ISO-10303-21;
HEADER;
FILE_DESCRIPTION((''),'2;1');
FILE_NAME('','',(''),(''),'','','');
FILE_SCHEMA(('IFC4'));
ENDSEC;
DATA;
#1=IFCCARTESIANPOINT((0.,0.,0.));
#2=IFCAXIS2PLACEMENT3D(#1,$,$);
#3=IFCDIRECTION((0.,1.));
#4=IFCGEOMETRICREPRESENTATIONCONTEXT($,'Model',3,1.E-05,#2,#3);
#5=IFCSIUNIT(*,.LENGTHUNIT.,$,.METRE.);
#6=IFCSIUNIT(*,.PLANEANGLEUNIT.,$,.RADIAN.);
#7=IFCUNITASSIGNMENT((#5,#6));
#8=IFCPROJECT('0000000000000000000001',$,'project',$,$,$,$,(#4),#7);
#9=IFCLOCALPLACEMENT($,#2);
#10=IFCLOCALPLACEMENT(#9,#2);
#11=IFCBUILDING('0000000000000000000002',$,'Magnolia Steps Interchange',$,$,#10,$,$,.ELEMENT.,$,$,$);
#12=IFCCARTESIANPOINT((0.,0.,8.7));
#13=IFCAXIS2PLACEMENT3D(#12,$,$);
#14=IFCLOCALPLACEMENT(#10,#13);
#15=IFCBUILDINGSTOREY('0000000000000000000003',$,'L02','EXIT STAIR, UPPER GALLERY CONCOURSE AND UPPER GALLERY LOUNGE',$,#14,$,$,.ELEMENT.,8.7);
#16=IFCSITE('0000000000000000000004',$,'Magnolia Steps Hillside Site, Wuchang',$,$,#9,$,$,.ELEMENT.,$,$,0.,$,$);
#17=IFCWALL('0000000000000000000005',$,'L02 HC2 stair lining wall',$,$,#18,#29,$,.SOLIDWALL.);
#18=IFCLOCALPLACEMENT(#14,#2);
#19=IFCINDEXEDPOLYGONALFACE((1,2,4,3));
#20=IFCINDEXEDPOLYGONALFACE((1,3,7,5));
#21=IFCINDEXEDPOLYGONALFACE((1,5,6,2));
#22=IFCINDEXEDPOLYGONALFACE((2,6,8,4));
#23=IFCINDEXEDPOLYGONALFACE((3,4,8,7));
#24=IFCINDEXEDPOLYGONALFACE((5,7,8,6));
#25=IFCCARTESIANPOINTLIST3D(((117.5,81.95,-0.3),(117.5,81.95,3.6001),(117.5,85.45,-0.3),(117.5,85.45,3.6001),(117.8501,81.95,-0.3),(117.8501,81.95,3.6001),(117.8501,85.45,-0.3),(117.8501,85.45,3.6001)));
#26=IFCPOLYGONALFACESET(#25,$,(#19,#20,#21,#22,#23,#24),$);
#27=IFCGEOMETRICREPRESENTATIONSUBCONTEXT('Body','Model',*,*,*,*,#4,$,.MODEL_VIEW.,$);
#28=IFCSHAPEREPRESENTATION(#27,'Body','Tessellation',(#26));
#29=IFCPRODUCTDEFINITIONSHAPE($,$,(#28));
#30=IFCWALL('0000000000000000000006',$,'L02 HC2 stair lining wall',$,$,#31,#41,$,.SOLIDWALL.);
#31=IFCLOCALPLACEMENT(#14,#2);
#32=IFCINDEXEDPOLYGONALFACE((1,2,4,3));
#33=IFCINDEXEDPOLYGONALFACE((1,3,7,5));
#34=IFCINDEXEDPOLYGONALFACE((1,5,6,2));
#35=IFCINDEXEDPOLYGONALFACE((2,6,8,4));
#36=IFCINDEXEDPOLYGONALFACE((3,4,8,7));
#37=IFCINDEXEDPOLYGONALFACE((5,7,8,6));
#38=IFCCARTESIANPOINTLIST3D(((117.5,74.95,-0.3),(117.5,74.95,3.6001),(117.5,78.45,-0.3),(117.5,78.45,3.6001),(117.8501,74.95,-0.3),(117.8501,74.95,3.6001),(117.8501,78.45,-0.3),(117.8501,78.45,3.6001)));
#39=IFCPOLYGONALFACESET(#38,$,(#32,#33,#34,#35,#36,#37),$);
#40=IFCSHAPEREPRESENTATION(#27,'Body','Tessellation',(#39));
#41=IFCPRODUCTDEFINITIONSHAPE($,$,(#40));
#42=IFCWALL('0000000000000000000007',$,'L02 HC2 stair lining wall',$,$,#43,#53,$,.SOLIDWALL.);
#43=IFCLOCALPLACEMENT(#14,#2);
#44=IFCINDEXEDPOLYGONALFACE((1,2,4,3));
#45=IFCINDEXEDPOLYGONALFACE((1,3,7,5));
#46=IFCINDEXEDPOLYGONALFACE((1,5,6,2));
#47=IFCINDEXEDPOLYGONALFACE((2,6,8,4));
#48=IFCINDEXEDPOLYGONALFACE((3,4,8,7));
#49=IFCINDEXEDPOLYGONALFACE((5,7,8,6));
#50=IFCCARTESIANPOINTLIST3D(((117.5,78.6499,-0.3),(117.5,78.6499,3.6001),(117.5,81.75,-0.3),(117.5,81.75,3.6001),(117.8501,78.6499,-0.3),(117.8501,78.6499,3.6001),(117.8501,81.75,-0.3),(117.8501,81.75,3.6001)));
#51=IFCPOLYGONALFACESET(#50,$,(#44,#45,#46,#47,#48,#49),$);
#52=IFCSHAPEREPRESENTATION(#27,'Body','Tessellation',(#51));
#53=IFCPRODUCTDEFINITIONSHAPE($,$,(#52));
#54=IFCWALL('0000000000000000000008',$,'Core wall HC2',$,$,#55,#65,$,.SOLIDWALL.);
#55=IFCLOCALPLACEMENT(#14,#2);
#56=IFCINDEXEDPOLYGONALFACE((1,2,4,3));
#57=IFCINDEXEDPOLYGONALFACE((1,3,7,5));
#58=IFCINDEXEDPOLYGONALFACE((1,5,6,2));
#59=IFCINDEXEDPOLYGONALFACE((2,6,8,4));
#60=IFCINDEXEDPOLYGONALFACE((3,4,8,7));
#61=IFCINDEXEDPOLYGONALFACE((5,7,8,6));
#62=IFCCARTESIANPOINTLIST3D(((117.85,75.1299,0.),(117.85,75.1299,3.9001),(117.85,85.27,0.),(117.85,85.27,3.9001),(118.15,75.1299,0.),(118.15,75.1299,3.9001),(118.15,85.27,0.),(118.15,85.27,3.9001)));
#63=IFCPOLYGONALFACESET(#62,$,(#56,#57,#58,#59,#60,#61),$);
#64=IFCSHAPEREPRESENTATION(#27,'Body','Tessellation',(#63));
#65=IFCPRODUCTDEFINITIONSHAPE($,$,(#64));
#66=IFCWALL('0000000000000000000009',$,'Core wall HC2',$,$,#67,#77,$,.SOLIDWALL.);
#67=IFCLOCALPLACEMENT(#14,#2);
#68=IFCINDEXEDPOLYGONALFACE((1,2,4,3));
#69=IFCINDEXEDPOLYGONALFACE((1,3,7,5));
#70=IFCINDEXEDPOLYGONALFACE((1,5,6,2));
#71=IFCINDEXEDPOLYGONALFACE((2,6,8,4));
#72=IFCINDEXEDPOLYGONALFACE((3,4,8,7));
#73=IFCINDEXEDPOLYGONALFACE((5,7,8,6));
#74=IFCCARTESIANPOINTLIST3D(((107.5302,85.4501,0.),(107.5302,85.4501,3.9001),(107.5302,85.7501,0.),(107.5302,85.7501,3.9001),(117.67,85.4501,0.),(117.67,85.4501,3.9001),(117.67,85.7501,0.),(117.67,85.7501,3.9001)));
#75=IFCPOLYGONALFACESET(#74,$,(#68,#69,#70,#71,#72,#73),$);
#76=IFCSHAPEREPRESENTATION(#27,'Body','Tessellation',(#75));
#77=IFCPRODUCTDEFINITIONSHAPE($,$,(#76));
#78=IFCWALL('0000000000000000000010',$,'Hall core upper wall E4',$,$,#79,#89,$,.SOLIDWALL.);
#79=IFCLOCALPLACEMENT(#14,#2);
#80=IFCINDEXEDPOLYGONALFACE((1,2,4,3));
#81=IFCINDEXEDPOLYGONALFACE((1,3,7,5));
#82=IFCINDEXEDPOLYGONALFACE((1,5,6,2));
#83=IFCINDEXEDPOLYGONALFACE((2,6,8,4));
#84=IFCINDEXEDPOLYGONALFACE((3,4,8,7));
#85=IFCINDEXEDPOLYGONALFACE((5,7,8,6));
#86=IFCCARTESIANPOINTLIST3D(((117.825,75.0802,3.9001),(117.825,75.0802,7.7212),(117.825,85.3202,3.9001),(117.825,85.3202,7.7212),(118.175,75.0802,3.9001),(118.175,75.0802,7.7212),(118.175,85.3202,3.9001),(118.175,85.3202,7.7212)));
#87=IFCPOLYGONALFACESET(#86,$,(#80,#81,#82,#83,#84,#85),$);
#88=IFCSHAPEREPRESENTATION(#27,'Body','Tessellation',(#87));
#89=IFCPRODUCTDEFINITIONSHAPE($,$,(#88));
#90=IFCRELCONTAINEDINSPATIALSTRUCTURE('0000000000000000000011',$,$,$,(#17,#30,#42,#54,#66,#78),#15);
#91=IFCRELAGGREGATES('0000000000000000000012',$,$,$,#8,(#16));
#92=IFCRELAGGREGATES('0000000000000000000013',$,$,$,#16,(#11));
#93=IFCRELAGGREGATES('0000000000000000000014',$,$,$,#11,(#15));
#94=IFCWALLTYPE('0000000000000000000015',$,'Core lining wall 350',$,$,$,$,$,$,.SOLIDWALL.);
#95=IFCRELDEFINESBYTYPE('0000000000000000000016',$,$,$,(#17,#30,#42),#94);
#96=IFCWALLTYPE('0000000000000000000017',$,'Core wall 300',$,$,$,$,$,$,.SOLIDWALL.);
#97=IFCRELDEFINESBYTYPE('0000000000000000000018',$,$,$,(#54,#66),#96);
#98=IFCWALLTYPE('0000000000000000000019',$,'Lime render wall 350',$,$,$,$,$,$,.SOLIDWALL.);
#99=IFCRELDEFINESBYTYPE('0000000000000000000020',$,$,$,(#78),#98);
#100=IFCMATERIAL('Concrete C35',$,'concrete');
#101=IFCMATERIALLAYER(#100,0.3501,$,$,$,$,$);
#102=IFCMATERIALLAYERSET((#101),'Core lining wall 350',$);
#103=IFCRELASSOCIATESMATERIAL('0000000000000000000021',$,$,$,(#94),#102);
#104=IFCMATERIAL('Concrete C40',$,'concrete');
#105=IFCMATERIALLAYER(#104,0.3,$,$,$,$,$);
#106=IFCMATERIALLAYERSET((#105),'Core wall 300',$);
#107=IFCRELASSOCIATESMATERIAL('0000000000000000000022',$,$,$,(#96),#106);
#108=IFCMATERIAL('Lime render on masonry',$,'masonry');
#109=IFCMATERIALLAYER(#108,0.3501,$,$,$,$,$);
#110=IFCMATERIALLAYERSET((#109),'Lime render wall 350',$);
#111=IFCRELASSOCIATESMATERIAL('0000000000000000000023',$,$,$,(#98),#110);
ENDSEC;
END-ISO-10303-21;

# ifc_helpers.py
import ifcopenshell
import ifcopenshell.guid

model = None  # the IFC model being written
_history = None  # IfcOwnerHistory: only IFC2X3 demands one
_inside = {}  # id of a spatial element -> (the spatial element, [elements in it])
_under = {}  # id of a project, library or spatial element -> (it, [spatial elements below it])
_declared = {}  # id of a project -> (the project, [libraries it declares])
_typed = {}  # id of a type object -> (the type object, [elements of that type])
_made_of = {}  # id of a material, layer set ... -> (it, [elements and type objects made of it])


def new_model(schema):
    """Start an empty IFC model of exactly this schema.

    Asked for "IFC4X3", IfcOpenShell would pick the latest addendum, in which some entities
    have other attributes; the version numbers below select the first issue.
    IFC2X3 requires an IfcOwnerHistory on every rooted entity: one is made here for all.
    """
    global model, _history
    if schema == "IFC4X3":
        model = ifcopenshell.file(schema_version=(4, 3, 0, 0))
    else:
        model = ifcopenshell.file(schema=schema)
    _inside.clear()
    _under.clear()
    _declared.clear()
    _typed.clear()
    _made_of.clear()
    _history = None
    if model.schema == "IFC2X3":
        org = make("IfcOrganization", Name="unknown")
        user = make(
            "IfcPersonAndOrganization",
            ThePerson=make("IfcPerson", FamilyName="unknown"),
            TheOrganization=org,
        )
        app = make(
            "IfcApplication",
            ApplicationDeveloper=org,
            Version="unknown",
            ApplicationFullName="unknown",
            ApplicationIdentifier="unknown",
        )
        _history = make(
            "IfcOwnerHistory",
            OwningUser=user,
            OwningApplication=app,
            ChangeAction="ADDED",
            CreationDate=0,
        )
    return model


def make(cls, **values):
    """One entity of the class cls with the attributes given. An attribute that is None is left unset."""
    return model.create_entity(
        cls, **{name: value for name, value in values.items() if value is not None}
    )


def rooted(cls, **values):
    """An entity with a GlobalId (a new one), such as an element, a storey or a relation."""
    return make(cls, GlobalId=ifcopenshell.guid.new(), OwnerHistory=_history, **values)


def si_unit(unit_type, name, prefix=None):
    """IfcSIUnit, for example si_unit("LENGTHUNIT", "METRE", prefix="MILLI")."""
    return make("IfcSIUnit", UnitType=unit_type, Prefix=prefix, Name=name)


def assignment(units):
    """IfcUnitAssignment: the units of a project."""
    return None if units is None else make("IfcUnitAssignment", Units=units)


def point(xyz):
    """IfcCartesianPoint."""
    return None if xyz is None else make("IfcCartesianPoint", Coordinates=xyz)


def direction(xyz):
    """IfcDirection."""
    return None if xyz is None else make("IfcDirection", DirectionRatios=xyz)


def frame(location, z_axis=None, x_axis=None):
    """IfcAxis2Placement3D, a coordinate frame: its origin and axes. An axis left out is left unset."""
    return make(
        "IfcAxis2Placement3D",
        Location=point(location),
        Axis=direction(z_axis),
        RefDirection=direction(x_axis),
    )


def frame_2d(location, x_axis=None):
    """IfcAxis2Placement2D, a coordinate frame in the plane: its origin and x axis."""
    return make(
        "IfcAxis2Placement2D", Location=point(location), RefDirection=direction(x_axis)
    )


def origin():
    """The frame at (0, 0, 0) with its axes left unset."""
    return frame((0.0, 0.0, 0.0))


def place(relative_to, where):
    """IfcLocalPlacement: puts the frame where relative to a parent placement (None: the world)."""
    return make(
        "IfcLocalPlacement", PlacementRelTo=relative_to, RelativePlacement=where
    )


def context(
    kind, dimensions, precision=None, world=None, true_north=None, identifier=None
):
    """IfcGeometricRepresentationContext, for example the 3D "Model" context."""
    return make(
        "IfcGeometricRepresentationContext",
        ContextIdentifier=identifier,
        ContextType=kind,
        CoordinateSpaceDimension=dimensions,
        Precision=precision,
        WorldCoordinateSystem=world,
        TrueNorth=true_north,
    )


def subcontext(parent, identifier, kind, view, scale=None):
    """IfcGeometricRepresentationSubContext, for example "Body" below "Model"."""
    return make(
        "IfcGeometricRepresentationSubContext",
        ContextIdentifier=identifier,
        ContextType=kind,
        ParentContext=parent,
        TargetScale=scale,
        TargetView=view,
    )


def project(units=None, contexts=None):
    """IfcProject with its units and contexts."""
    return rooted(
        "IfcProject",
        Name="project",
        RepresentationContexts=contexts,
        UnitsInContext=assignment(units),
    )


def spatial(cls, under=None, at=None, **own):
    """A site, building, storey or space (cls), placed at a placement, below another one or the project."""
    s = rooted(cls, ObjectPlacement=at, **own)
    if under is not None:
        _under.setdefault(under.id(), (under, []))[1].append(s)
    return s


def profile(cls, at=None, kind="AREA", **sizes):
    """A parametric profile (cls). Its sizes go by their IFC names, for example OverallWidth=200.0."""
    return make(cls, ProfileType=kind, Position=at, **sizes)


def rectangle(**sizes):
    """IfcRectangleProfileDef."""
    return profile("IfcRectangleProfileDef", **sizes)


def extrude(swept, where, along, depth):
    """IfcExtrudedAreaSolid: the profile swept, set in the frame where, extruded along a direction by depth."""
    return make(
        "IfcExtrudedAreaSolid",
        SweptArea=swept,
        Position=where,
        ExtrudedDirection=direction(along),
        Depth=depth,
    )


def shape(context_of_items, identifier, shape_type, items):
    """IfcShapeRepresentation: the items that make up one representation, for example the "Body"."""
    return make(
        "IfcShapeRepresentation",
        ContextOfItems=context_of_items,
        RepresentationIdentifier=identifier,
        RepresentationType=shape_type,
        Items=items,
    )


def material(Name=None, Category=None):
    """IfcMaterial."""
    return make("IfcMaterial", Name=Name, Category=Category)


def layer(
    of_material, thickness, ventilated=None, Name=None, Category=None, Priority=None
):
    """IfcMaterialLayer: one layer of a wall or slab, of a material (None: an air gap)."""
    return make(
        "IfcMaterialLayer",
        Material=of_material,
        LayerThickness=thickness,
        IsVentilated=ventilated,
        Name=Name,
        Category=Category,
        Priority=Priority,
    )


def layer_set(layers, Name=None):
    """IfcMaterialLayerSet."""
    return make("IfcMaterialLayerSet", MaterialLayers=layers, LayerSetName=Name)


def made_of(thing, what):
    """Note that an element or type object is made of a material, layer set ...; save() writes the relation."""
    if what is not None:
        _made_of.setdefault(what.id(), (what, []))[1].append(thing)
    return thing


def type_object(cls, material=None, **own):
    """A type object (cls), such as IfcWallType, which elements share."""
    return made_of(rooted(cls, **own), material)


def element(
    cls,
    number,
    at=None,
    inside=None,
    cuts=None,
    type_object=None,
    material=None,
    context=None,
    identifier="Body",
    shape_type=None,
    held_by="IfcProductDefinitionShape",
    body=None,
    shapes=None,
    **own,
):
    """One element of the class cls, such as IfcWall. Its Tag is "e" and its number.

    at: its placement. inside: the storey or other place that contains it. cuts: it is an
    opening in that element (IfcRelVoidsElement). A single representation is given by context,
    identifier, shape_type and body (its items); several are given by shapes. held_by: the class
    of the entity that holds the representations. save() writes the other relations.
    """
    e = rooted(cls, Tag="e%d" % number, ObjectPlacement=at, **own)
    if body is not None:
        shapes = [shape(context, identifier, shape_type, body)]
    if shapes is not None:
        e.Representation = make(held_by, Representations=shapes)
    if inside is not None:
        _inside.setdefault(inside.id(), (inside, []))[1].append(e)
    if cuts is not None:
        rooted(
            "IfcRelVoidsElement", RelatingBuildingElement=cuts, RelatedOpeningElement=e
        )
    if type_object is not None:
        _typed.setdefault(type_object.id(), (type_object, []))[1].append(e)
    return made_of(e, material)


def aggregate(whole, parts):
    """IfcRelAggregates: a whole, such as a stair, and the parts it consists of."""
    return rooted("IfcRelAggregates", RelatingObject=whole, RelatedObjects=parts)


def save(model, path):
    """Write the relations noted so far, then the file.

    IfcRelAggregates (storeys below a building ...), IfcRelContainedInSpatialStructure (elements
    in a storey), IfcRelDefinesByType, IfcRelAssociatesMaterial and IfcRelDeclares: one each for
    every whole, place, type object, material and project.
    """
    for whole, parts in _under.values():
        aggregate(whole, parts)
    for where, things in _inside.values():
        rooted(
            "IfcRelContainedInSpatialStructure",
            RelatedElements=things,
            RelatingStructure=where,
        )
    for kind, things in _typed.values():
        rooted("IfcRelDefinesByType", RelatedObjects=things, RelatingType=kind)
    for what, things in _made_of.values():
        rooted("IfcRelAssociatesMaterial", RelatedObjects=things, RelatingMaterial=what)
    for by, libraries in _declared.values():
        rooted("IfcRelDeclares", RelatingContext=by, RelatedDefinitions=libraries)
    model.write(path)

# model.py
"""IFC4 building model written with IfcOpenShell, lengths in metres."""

from ifc_helpers import new_model, si_unit, direction, frame, frame_2d, origin, place, context, subcontext, project, spatial, rectangle, extrude, material, layer, layer_set, type_object, element, save


model = new_model("IFC4")

# Units and contexts
model_context = context("Model", 3, precision=1e-05, world=origin(), true_north=direction((0.0, 1.0)))
body_context = subcontext(model_context, "Body", "Model", "MODEL_VIEW")
ifc_project = project(units=[si_unit("LENGTHUNIT", "METRE"), si_unit("PLANEANGLEUNIT", "RADIAN")], contexts=[model_context])

# Site, building, storey
site_placement = place(None, origin())
site = spatial("IfcSite", under=ifc_project, at=site_placement, Name="Magnolia Steps Hillside Site, Wuchang", CompositionType="ELEMENT", RefElevation=0.0)
building_placement = place(site_placement, origin())
building = spatial("IfcBuilding", under=site, at=building_placement, Name="Magnolia Steps Interchange", CompositionType="ELEMENT")
storey_placement = place(building_placement, frame((0.0, 0.0, 8.7)))
storey = spatial("IfcBuildingStorey", under=building, at=storey_placement, Name="L02", Description="EXIT STAIR, UPPER GALLERY CONCOURSE AND UPPER GALLERY LOUNGE", CompositionType="ELEMENT", Elevation=8.7)

# Walls
ifc_material_1 = material(Name="Concrete C35", Category="concrete")
ifc_layer_1 = layer(ifc_material_1, 0.3501)
ifc_layer_set_1 = layer_set([ifc_layer_1], Name="Core lining wall 350")
wall_type_1 = type_object("IfcWallType", Name="Core lining wall 350", PredefinedType="SOLIDWALL", material=ifc_layer_set_1)
for number, where, z_axis, x_axis, name in (
    (1, (117.675, 85.45, -0.3), (0.0, 0.0, 1.0), (0.0, -1.0, 0.0), "L02 HC2 stair lining wall"),
    (2, (117.675, 78.45, -0.3), (0.0, 0.0, 1.0), (0.0, -1.0, 0.0), "L02 HC2 stair lining wall"),
):
    element("IfcWall", number, at=place(storey_placement, frame(where, z_axis=z_axis, x_axis=x_axis)), inside=storey, type_object=wall_type_1, Name=name, PredefinedType="SOLIDWALL", context=body_context, shape_type="SweptSolid", body=[
        extrude(rectangle(XDim=3.5, YDim=0.3501, at=frame_2d((1.75, 0.0))), origin(), (0.0, 0.0, 1.0), 3.9001),
    ])
wall_1_placement = place(storey_placement, frame((117.675, 81.75, -0.3), z_axis=(0.0, 0.0, 1.0), x_axis=(0.0, -1.0, 0.0)))
element("IfcWall", 3, at=wall_1_placement, inside=storey, type_object=wall_type_1, Name="L02 HC2 stair lining wall", PredefinedType="SOLIDWALL", context=body_context, shape_type="SweptSolid", body=[
    extrude(rectangle(XDim=3.1001, YDim=0.3501, at=frame_2d((1.55, 0.0))), origin(), (0.0, 0.0, 1.0), 3.9001),
])
ifc_material_2 = material(Name="Concrete C40", Category="concrete")
ifc_layer_2 = layer(ifc_material_2, 0.3)
ifc_layer_set_2 = layer_set([ifc_layer_2], Name="Core wall 300")
wall_type_2 = type_object("IfcWallType", Name="Core wall 300", PredefinedType="SOLIDWALL", material=ifc_layer_set_2)
wall_2_placement = place(storey_placement, frame((118.0, 75.1299, 0.0), z_axis=(0.0, 0.0, 1.0), x_axis=(0.0, 1.0, 0.0)))
element("IfcWall", 4, at=wall_2_placement, inside=storey, type_object=wall_type_2, Name="Core wall HC2", PredefinedType="SOLIDWALL", context=body_context, shape_type="SweptSolid", body=[
    extrude(rectangle(XDim=10.1401, YDim=0.3, at=frame_2d((5.0701, 0.0))), origin(), (0.0, 0.0, 1.0), 3.9001),
])
wall_3_placement = place(storey_placement, frame((117.6699, 85.6001, 0.0), z_axis=(0.0, 0.0, 1.0), x_axis=(-1.0, 0.0, 0.0)))
element("IfcWall", 5, at=wall_3_placement, inside=storey, type_object=wall_type_2, Name="Core wall HC2", PredefinedType="SOLIDWALL", context=body_context, shape_type="SweptSolid", body=[
    extrude(rectangle(XDim=10.1399, YDim=0.3, at=frame_2d((5.0698, 0.0))), origin(), (0.0, 0.0, 1.0), 3.9001),
])
ifc_material_3 = material(Name="Lime render on masonry", Category="masonry")
ifc_layer_3 = layer(ifc_material_3, 0.3501)
ifc_layer_set_3 = layer_set([ifc_layer_3], Name="Lime render wall 350")
wall_type_3 = type_object("IfcWallType", Name="Lime render wall 350", PredefinedType="SOLIDWALL", material=ifc_layer_set_3)
wall_4_placement = place(storey_placement, frame((118.0, 75.0801, 3.9001), z_axis=(0.0, 0.0, 1.0), x_axis=(0.0, 1.0, 0.0)))
element("IfcWall", 6, at=wall_4_placement, inside=storey, type_object=wall_type_3, Name="Hall core upper wall E4", PredefinedType="SOLIDWALL", context=body_context, shape_type="SweptSolid", body=[
    extrude(rectangle(XDim=10.24, YDim=0.3501, at=frame_2d((5.1201, 0.0))), origin(), (0.0, 0.0, 1.0), 3.821),
])

save(model, "model.ifc")
